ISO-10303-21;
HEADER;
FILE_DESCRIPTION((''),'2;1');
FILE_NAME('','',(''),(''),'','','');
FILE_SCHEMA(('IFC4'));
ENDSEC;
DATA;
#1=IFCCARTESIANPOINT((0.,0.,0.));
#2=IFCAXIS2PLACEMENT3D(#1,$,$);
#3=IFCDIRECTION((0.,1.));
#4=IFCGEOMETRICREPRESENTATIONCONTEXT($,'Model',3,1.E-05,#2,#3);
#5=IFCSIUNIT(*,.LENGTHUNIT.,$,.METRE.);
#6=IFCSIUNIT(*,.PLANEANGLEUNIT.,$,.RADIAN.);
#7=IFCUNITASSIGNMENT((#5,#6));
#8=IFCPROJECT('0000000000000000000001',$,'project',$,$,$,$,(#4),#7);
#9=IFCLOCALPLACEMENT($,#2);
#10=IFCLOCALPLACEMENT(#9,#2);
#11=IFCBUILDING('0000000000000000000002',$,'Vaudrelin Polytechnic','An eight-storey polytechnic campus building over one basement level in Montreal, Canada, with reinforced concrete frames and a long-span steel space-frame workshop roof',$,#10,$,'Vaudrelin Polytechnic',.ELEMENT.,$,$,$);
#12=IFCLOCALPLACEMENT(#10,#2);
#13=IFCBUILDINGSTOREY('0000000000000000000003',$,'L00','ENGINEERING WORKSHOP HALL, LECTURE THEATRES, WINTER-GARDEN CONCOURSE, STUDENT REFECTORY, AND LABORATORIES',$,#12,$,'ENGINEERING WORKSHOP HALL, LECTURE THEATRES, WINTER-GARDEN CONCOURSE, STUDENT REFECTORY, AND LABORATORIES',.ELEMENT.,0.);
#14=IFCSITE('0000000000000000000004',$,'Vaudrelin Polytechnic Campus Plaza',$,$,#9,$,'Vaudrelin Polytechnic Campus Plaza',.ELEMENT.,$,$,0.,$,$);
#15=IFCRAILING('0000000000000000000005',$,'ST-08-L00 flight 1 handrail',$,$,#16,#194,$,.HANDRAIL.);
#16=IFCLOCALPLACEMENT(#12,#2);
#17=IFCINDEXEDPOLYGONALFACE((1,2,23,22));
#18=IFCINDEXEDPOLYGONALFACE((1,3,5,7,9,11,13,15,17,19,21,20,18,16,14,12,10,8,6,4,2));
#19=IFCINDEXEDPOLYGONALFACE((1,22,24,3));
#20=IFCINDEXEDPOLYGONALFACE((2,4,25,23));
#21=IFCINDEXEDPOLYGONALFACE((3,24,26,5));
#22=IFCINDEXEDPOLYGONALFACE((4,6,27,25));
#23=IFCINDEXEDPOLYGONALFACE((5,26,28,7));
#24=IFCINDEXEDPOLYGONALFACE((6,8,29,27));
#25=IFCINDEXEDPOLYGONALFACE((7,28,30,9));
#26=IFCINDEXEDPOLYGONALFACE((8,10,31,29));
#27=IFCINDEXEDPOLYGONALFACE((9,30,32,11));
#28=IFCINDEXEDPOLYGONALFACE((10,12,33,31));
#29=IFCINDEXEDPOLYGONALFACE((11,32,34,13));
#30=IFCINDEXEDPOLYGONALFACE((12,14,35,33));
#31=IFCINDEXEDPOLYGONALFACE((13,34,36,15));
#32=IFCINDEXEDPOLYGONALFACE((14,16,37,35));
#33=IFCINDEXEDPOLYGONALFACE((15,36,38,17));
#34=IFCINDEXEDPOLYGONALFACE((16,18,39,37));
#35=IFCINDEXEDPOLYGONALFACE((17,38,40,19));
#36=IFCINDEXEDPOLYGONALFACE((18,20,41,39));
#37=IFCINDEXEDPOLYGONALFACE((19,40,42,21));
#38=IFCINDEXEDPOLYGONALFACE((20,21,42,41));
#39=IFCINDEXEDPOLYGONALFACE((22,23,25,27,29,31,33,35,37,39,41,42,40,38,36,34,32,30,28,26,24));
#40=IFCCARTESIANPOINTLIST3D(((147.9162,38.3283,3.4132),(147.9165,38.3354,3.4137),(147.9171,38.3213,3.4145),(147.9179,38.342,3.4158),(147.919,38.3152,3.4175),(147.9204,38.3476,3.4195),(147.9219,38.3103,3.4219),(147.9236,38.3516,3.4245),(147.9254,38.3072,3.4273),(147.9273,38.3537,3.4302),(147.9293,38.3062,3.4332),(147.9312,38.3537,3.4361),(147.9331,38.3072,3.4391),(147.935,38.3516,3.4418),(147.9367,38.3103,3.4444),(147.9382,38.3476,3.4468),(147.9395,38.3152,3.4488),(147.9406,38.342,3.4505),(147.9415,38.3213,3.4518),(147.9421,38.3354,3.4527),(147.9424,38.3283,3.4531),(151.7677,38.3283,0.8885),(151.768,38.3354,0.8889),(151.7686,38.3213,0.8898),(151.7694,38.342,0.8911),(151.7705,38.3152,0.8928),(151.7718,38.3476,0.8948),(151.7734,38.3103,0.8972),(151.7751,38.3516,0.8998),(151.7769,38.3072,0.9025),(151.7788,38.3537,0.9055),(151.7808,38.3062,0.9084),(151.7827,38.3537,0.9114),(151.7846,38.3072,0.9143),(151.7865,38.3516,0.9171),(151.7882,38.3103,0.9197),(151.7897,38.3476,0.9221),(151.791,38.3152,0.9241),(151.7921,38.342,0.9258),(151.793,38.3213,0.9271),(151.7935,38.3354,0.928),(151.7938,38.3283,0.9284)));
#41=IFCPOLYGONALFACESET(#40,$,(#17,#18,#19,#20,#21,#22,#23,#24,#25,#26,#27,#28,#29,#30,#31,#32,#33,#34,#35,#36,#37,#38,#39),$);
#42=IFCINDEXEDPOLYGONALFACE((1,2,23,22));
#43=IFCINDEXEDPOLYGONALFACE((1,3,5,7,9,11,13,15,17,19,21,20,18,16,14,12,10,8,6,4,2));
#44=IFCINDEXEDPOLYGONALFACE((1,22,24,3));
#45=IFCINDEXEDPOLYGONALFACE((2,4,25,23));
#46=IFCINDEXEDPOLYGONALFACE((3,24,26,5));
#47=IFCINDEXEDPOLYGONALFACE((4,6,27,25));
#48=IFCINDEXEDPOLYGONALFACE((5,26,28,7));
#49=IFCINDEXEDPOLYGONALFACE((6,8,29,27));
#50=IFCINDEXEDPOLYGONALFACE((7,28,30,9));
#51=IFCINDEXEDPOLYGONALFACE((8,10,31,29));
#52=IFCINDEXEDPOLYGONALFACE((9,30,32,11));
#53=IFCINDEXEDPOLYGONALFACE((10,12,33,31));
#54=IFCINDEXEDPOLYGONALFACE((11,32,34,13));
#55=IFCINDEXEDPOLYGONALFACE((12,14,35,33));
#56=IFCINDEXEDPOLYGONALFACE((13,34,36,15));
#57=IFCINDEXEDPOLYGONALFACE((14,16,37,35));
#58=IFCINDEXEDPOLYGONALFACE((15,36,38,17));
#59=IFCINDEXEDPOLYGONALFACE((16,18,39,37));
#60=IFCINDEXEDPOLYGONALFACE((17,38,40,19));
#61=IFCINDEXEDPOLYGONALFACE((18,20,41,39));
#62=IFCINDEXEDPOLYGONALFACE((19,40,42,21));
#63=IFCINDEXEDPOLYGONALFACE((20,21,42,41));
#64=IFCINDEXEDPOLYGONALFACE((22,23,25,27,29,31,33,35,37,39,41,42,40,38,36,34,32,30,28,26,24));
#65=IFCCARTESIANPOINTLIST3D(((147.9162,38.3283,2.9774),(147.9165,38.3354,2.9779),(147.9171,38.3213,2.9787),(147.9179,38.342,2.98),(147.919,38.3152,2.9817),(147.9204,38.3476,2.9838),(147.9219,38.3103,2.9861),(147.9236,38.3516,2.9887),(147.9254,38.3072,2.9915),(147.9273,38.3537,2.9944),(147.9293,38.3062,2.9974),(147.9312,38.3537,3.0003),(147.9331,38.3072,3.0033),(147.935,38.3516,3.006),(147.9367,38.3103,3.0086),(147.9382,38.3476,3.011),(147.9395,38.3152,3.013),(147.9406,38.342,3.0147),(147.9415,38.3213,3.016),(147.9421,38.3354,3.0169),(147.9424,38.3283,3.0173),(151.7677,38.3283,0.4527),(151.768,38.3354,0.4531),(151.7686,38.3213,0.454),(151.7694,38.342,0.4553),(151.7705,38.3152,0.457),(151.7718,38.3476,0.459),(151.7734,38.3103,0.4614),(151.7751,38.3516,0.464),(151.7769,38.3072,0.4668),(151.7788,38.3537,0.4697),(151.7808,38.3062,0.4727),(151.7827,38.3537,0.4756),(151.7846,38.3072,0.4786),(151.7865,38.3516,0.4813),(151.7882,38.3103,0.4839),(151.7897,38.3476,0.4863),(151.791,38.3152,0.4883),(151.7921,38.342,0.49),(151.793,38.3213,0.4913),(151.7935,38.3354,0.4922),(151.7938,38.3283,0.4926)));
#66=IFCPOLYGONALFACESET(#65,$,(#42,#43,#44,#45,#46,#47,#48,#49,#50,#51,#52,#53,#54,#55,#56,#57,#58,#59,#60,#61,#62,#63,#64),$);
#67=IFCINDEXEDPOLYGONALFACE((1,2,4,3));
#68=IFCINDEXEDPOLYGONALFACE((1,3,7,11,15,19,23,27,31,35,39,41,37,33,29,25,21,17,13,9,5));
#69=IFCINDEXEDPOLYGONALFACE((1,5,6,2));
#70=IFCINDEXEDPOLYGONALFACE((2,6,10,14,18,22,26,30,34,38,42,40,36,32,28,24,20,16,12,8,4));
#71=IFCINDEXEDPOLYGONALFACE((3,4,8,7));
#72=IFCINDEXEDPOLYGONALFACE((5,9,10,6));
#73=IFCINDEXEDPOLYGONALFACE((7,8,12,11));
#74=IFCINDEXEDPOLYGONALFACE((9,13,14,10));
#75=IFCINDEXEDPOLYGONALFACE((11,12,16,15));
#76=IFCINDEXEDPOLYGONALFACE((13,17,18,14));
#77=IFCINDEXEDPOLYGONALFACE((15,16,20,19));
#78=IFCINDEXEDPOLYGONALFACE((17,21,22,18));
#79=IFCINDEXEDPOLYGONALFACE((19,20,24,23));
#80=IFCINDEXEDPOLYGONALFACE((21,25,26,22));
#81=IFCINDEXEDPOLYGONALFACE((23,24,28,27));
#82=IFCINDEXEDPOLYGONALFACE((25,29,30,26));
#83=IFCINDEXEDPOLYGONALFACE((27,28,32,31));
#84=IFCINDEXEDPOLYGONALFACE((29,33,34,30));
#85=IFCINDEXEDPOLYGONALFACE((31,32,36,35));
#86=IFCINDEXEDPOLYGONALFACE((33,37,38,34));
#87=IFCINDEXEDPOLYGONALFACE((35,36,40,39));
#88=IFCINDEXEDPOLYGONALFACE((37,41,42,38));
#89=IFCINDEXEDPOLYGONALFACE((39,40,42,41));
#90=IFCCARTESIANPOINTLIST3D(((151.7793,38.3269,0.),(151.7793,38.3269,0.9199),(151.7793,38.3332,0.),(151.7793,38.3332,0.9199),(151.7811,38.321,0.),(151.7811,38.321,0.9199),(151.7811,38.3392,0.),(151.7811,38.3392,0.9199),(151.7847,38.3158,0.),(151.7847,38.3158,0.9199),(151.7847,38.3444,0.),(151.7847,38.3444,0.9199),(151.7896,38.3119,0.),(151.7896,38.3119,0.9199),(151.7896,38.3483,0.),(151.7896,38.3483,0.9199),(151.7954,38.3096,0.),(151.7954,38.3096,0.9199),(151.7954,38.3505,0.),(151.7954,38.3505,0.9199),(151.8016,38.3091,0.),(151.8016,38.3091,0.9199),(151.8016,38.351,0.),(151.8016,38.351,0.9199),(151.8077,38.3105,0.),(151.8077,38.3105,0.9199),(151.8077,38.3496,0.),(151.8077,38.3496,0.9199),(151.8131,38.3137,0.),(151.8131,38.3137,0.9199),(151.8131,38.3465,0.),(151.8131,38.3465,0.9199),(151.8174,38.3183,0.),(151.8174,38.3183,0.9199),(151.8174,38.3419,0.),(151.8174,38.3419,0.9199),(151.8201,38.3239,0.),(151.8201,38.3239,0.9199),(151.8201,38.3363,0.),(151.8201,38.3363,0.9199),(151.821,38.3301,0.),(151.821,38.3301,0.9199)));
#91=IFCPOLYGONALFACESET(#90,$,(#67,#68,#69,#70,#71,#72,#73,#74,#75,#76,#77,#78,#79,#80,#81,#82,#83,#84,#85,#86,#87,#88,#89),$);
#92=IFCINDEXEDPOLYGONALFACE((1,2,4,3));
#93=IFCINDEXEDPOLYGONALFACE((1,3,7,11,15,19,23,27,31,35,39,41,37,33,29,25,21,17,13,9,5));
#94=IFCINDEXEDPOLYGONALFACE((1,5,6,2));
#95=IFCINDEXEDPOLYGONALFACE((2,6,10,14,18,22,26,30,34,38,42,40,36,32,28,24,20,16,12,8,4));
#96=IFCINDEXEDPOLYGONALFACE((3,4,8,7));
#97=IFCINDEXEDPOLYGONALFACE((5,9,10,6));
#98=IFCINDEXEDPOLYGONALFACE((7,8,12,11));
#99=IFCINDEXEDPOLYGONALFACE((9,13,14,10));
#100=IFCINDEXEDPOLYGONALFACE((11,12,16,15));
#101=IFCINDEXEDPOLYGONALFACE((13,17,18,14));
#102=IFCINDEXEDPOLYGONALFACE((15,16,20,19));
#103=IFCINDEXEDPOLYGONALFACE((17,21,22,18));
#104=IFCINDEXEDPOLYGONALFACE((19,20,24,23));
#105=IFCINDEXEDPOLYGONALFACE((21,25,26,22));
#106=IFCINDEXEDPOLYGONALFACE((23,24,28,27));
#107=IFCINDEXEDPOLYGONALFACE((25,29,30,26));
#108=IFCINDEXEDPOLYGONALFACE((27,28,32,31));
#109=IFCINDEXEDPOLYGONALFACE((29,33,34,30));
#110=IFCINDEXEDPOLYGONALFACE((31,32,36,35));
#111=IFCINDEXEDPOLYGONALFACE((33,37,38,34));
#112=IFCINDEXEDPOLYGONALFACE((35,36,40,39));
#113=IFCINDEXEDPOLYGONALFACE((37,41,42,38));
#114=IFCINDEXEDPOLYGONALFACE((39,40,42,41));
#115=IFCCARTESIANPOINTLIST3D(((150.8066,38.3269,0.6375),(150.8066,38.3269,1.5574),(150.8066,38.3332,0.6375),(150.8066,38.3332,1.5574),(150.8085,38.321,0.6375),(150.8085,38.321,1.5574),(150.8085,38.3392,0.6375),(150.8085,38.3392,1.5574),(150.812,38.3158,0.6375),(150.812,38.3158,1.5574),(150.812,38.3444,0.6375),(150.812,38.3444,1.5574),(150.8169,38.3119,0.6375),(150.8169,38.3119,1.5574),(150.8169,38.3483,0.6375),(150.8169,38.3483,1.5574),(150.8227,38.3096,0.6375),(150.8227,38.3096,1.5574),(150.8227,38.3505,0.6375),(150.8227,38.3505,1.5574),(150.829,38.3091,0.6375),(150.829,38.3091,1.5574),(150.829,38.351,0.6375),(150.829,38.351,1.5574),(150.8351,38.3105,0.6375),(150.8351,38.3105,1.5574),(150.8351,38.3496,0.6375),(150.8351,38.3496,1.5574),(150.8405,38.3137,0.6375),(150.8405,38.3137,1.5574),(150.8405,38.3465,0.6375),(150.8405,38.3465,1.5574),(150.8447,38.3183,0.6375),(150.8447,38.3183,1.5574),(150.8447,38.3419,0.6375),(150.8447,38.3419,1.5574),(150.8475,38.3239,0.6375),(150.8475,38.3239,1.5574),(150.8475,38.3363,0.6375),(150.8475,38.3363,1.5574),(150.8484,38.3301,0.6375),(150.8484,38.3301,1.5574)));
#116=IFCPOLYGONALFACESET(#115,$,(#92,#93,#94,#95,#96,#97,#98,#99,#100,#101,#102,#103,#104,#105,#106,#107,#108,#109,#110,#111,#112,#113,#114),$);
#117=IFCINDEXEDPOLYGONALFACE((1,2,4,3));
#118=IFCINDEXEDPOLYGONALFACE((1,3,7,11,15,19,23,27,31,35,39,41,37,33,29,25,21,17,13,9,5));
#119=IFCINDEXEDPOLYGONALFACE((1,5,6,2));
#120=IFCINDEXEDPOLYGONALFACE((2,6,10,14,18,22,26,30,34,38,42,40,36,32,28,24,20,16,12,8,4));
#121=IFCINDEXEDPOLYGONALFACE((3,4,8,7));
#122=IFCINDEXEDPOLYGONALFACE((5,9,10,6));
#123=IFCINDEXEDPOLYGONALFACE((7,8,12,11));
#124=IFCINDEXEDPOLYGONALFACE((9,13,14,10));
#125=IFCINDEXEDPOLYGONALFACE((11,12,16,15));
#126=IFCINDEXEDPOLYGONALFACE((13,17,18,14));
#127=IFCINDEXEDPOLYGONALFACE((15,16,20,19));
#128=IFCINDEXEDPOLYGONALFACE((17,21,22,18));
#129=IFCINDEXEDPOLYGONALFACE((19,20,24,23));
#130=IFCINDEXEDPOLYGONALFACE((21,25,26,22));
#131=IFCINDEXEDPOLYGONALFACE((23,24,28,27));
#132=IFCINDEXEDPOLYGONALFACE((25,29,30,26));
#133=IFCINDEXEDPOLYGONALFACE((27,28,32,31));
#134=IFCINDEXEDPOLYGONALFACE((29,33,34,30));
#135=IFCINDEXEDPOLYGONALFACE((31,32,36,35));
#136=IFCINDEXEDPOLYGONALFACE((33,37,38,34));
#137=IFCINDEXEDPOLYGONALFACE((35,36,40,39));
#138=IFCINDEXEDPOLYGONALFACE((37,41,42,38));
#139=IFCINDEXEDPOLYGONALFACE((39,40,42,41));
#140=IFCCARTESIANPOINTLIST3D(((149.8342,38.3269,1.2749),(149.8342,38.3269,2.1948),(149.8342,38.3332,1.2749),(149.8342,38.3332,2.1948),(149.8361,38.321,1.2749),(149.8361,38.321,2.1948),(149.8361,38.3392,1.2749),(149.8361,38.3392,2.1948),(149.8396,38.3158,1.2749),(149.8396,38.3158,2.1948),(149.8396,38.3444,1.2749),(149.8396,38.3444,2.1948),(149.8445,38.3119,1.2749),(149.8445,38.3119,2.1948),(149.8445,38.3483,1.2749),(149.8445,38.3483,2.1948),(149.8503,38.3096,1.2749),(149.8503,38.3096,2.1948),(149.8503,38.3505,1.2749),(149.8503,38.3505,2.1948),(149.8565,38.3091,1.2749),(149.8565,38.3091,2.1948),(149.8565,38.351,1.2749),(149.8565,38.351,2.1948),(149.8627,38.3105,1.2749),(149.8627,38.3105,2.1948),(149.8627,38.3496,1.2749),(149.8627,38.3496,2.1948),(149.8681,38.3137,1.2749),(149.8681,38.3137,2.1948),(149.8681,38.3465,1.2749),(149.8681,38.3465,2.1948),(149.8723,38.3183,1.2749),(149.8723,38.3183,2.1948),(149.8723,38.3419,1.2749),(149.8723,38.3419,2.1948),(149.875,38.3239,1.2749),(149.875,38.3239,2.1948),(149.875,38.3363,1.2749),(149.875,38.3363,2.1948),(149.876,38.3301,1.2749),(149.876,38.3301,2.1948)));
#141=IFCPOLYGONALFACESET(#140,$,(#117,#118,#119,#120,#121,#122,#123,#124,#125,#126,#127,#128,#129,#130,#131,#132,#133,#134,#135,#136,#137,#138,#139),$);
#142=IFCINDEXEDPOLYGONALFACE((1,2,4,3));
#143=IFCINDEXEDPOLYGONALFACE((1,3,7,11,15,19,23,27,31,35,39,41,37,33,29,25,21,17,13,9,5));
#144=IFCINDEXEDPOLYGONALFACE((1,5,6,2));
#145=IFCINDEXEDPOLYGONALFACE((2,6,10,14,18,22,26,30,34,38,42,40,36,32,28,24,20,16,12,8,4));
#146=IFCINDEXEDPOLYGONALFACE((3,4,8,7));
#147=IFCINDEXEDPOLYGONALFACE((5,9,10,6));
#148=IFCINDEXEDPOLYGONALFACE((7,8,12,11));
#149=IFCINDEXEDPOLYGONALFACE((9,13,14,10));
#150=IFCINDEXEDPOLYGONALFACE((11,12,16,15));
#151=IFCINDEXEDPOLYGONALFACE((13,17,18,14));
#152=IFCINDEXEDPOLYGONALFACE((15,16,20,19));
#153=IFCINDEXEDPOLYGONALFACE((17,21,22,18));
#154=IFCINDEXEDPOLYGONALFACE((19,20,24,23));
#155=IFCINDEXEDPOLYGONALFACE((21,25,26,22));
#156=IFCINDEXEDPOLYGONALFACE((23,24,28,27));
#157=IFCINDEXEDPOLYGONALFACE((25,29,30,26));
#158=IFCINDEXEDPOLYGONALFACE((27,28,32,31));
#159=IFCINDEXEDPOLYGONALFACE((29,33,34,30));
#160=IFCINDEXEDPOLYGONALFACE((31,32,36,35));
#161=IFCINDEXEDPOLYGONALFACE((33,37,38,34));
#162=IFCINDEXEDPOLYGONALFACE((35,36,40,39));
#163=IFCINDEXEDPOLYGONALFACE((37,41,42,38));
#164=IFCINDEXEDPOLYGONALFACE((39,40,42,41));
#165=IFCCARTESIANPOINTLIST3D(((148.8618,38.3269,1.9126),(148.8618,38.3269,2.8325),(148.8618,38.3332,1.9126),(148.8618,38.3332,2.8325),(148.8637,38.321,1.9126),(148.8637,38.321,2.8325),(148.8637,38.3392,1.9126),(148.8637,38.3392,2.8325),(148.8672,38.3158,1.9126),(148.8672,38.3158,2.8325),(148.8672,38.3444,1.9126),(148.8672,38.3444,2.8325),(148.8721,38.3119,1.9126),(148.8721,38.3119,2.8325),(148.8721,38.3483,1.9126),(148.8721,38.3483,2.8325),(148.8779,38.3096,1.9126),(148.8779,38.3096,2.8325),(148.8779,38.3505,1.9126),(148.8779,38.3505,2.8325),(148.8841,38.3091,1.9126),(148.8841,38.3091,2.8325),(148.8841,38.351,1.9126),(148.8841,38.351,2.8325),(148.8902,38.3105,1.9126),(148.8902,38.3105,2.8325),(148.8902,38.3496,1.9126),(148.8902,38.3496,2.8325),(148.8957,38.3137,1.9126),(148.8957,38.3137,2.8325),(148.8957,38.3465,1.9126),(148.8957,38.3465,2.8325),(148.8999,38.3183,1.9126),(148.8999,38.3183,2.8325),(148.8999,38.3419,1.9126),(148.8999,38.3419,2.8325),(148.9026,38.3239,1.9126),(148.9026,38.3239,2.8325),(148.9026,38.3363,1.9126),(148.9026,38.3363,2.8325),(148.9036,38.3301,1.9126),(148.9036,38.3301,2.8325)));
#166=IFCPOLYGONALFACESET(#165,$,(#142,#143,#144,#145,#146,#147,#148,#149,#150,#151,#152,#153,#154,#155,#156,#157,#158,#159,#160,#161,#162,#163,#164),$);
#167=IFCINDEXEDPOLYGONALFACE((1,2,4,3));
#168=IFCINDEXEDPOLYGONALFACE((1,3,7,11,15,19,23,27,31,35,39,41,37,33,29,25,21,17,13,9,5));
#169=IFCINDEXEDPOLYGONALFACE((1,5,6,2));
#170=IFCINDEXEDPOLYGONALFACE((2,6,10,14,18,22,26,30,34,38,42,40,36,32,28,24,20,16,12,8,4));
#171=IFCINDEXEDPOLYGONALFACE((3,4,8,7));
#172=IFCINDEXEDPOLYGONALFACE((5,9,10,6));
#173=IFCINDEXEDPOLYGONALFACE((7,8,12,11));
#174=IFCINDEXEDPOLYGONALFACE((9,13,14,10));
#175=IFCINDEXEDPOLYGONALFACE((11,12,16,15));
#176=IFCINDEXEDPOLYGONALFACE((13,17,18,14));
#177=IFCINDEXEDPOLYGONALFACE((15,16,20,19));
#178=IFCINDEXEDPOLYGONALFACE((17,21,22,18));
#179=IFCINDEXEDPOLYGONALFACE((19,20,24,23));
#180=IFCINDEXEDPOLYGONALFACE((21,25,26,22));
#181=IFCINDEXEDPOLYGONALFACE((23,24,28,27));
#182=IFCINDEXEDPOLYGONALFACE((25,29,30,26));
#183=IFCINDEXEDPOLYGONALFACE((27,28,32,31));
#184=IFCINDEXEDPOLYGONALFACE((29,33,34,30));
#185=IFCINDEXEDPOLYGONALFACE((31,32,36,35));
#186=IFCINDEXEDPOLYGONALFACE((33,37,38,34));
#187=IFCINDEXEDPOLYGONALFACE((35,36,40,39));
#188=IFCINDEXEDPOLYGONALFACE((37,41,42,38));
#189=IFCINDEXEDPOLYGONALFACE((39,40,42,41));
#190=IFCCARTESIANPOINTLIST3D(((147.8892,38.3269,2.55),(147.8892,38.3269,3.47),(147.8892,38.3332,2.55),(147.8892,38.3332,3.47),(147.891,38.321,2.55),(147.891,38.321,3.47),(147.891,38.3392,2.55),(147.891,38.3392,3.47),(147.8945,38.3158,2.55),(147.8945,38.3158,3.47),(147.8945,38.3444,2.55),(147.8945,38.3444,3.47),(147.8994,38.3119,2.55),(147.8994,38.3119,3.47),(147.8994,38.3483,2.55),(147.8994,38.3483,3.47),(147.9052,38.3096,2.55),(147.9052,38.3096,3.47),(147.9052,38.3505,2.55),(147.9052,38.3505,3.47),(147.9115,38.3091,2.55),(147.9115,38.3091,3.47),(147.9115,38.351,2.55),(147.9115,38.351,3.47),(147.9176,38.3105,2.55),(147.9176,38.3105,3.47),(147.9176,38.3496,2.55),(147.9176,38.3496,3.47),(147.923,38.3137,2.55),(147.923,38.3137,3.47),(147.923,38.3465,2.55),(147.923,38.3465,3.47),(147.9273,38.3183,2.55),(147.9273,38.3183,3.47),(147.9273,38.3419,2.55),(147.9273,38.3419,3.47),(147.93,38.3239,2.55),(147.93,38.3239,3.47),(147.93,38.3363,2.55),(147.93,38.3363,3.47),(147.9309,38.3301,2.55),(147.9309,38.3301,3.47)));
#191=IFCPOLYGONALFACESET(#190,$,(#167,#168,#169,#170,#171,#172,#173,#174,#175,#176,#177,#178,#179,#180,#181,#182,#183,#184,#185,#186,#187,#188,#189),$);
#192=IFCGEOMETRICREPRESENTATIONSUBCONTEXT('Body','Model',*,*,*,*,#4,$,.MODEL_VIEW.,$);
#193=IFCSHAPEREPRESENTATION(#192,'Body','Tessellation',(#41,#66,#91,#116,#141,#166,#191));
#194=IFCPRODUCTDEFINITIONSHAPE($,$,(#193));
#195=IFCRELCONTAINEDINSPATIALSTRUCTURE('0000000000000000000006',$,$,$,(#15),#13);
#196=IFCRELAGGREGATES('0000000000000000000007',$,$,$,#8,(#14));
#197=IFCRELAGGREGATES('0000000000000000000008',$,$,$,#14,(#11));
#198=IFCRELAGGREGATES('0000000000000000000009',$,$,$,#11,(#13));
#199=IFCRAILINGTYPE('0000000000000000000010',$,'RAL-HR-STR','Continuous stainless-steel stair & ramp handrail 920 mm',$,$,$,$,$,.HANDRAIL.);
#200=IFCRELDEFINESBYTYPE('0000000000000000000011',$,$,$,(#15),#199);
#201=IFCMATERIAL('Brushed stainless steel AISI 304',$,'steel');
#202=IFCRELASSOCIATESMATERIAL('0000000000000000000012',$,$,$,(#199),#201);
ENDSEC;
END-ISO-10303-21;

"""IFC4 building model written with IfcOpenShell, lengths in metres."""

from ifc_helpers import new_model, si_unit, direction, frame, origin, origin_2d, place, context, subcontext, project, spatial, circle, extrude, material, type_object, element, save


model = new_model("IFC4")

# Units and contexts
model_context = context("Model", 3, precision=1e-05, world=origin(), true_north=direction((0.0, 1.0)))
body_context = subcontext(model_context, "Body", "Model", "MODEL_VIEW")
ifc_project = project(units=[si_unit("LENGTHUNIT", "METRE"), si_unit("PLANEANGLEUNIT", "RADIAN")], contexts=[model_context])

# Site, building, storey
site_placement = place(None, origin())
site = spatial("IfcSite", under=ifc_project, at=site_placement, Name="Vaudrelin Polytechnic Campus Plaza", LongName="Vaudrelin Polytechnic Campus Plaza", CompositionType="ELEMENT", RefElevation=0.0)
building_placement = place(site_placement, origin())
building = spatial("IfcBuilding", under=site, at=building_placement, Name="Vaudrelin Polytechnic", Description="An eight-storey polytechnic campus building over one basement level in Montreal, Canada, with reinforced concrete frames and a long-span steel space-frame workshop roof", LongName="Vaudrelin Polytechnic", CompositionType="ELEMENT")
storey_placement = place(building_placement, origin())
storey = spatial("IfcBuildingStorey", under=building, at=storey_placement, Name="L00", Description="ENGINEERING WORKSHOP HALL, LECTURE THEATRES, WINTER-GARDEN CONCOURSE, STUDENT REFECTORY, AND LABORATORIES", LongName="ENGINEERING WORKSHOP HALL, LECTURE THEATRES, WINTER-GARDEN CONCOURSE, STUDENT REFECTORY, AND LABORATORIES", CompositionType="ELEMENT", Elevation=0.0)

# Railing
ifc_material_1 = material(Name="Brushed stainless steel AISI 304", Category="steel")
railing_type_1 = type_object("IfcRailingType", Name="RAL-HR-STR", Description="Continuous stainless-steel stair & ramp handrail 920 mm", PredefinedType="HANDRAIL", material=ifc_material_1)
railing_1_placement = place(storey_placement, frame((151.8, 38.3301, 0.0)))
element("IfcRailing", 1, at=railing_1_placement, inside=storey, type_object=railing_type_1, Name="ST-08-L00 flight 1 handrail", PredefinedType="HANDRAIL", context=body_context, shape_type="SweptSolid", body=[
    extrude(circle(Radius=0.0239, at=origin_2d()), frame((-0.0193, 0.0, 0.9084), z_axis=(-0.836329, 0.0, 0.548228), x_axis=(0.0, -1.0, 0.0)), (0.0, 0.0, 1.0), 4.6052),
    extrude(circle(Radius=0.0239, at=origin_2d()), frame((-0.0193, 0.0, 0.4727), z_axis=(-0.836329, 0.0, 0.548228), x_axis=(0.0, -1.0, 0.0)), (0.0, 0.0, 1.0), 4.6052),
    extrude(circle(Radius=0.021, at=origin_2d()), origin(), (0.0, 0.0, 1.0), 0.9199),
    extrude(circle(Radius=0.021, at=origin_2d()), frame((-0.9727, 0.0, 0.6375)), (0.0, 0.0, 1.0), 0.9199),
    extrude(circle(Radius=0.021, at=origin_2d()), frame((-1.9451, 0.0, 1.2749)), (0.0, 0.0, 1.0), 0.9199),
    extrude(circle(Radius=0.021, at=origin_2d()), frame((-2.9175, 0.0, 1.9126)), (0.0, 0.0, 1.0), 0.9199),
    extrude(circle(Radius=0.021, at=origin_2d()), frame((-3.8901, 0.0, 2.55)), (0.0, 0.0, 1.0), 0.9199),
])

save(model, "model.ifc")
